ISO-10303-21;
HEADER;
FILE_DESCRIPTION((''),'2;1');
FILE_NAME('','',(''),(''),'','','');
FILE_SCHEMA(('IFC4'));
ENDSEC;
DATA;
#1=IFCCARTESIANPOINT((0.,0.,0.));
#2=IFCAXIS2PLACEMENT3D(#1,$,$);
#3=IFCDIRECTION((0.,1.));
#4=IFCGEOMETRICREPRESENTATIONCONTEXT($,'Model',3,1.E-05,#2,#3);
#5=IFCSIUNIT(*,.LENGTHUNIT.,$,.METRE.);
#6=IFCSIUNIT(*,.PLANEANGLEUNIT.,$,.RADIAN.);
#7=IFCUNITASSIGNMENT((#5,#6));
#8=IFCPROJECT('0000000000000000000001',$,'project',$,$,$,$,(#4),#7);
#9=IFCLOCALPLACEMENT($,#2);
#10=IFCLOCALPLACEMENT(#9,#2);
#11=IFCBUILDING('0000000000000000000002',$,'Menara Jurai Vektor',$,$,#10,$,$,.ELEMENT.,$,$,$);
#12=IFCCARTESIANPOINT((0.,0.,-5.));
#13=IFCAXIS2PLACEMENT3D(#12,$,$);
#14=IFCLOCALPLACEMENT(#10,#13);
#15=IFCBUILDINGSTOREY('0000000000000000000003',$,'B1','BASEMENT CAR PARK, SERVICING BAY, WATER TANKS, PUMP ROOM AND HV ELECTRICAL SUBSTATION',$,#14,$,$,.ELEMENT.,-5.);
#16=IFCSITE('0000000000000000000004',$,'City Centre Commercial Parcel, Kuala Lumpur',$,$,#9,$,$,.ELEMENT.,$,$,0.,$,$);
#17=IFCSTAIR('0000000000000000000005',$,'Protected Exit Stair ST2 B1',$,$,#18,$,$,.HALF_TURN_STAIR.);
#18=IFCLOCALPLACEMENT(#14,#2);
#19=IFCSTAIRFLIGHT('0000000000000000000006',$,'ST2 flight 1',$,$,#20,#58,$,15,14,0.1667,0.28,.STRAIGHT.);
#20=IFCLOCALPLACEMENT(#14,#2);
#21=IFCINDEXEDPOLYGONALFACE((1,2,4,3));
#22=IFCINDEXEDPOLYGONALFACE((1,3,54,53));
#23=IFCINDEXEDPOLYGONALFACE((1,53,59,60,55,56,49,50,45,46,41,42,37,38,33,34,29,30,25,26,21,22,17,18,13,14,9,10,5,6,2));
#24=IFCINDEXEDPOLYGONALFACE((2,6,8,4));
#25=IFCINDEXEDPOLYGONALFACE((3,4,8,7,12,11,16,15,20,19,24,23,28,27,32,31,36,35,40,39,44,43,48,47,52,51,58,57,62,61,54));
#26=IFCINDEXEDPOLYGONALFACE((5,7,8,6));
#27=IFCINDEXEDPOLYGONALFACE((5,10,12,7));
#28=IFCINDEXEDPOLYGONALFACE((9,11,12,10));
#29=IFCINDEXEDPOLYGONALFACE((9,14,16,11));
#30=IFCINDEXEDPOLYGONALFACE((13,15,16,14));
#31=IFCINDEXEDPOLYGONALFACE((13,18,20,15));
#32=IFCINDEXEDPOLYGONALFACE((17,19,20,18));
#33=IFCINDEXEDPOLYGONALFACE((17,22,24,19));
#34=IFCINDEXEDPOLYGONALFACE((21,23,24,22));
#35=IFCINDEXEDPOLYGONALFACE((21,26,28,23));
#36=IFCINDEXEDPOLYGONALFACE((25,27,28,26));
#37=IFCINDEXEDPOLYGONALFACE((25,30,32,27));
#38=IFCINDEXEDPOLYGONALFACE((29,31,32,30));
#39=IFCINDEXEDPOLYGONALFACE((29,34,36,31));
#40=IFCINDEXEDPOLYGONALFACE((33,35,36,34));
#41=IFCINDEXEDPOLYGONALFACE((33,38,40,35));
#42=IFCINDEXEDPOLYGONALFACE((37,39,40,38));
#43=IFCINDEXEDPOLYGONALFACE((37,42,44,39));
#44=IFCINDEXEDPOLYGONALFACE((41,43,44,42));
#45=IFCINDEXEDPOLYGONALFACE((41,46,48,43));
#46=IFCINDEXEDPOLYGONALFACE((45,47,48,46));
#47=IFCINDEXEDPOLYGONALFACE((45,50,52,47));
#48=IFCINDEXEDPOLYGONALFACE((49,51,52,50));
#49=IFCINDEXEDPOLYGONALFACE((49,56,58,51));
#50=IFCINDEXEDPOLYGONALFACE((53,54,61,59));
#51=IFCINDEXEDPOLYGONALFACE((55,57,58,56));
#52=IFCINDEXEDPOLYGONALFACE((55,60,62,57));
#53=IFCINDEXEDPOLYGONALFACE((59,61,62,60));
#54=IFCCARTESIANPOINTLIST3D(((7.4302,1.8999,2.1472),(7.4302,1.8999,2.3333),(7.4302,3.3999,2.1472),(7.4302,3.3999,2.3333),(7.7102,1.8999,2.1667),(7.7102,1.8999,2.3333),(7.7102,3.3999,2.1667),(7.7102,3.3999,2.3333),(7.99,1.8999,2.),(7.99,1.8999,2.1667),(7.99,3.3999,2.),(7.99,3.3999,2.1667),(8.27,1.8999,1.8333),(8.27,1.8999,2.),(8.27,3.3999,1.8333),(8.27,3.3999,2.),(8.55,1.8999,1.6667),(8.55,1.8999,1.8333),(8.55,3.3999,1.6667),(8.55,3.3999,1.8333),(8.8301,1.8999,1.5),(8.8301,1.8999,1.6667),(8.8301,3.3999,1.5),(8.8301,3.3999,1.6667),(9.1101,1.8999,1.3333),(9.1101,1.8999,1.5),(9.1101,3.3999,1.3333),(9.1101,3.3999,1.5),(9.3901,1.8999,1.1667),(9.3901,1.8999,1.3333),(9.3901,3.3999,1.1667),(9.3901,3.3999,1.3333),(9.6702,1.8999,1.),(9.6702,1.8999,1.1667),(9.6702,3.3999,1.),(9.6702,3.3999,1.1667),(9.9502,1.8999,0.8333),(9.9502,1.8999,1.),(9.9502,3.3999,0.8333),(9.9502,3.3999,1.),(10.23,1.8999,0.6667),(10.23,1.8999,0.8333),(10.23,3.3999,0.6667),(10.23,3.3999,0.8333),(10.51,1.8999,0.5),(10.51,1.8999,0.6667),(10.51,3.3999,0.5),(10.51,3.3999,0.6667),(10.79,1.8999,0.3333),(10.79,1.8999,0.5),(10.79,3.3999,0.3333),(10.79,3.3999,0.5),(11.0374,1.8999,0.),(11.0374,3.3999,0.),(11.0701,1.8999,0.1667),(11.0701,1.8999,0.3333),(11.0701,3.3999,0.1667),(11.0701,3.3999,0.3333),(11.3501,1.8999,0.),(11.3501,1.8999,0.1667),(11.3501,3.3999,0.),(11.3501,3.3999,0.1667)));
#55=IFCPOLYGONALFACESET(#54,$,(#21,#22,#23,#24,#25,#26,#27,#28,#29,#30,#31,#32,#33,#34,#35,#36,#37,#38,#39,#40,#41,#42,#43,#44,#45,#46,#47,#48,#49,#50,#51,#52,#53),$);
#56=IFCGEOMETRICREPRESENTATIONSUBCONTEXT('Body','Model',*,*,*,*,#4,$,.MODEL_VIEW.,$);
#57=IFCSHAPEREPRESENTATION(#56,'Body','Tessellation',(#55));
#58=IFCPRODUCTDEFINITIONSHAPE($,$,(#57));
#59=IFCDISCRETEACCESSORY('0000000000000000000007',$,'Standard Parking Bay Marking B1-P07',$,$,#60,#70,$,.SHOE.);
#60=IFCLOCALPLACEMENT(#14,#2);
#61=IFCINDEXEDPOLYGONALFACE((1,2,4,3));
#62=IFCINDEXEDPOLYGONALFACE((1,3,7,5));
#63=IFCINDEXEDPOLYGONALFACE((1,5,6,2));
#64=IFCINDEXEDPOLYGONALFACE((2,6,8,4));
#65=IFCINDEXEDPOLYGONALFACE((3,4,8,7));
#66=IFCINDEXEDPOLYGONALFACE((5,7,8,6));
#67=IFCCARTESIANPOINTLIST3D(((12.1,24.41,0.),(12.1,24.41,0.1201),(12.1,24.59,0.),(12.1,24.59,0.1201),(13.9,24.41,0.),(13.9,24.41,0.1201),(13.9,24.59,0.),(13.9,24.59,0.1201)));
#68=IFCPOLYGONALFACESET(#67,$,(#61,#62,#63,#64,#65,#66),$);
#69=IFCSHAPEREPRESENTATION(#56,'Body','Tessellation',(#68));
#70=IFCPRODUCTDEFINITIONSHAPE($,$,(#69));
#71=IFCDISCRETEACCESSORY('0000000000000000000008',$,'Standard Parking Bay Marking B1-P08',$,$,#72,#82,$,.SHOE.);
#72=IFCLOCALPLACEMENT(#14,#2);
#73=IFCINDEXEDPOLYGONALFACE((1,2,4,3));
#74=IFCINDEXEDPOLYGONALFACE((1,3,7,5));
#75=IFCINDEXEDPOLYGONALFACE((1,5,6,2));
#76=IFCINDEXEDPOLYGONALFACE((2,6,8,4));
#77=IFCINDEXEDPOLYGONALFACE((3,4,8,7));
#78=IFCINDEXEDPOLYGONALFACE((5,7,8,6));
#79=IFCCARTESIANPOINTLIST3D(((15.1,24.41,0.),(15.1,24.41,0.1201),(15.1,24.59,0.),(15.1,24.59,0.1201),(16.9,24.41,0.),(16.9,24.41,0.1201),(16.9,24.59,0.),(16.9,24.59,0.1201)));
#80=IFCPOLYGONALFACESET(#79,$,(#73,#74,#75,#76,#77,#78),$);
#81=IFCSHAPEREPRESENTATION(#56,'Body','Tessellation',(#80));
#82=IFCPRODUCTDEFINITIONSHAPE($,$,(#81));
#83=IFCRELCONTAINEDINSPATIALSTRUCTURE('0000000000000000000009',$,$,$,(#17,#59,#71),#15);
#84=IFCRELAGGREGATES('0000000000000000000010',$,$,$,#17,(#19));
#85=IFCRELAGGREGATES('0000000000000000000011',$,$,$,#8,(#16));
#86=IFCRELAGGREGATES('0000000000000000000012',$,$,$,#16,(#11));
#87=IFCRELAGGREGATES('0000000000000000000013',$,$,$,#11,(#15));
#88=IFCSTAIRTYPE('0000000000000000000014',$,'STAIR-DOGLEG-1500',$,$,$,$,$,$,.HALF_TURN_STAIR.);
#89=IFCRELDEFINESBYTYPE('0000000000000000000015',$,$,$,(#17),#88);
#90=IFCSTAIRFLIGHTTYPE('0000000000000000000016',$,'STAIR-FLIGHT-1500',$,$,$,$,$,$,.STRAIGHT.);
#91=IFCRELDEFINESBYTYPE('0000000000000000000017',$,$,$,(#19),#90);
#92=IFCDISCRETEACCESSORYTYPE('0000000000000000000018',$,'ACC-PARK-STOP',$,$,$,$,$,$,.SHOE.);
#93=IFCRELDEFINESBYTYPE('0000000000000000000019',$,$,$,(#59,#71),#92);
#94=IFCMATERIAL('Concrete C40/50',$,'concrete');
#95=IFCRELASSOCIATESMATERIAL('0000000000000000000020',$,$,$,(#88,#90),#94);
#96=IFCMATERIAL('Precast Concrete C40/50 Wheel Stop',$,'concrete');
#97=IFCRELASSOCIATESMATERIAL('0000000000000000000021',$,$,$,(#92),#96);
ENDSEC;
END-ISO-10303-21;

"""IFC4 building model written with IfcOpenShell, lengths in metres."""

from ifc_helpers import new_model, si_unit, direction, frame, origin, origin_2d, place, context, subcontext, project, spatial, polyline, rectangle, outline, extrude, material, type_object, element, aggregate, save


model = new_model("IFC4")

# Units and contexts
model_context = context("Model", 3, precision=1e-05, world=origin(), true_north=direction((0.0, 1.0)))
body_context = subcontext(model_context, "Body", "Model", "MODEL_VIEW")
ifc_project = project(units=[si_unit("LENGTHUNIT", "METRE"), si_unit("PLANEANGLEUNIT", "RADIAN")], contexts=[model_context])

# Site, building, storey
site_placement = place(None, origin())
site = spatial("IfcSite", under=ifc_project, at=site_placement, Name="City Centre Commercial Parcel, Kuala Lumpur", CompositionType="ELEMENT", RefElevation=0.0)
building_placement = place(site_placement, origin())
building = spatial("IfcBuilding", under=site, at=building_placement, Name="Menara Jurai Vektor", CompositionType="ELEMENT")
storey_placement = place(building_placement, frame((0.0, 0.0, -5.0)))
storey = spatial("IfcBuildingStorey", under=building, at=storey_placement, Name="B1", Description="BASEMENT CAR PARK, SERVICING BAY, WATER TANKS, PUMP ROOM AND HV ELECTRICAL SUBSTATION", CompositionType="ELEMENT", Elevation=-5.0)

# Stair, stair flight
ifc_material_1 = material(Name="Concrete C40/50", Category="concrete")
stair_type = type_object("IfcStairType", Name="STAIR-DOGLEG-1500", PredefinedType="HALF_TURN_STAIR", material=ifc_material_1)
stair_placement = place(storey_placement, origin())
stair = element("IfcStair", 1, at=stair_placement, inside=storey, type_object=stair_type, Name="Protected Exit Stair ST2 B1", PredefinedType="HALF_TURN_STAIR")
stair_flight_type = type_object("IfcStairFlightType", Name="STAIR-FLIGHT-1500", PredefinedType="STRAIGHT", material=ifc_material_1)
stair_flight_placement = place(storey_placement, frame((11.3501, 2.6499, 0.0), z_axis=(0.0, 0.0, 1.0), x_axis=(-1.0, 0.0, 0.0)))
stair_flight = element("IfcStairFlight", 2, at=stair_flight_placement, type_object=stair_flight_type, Name="ST2 flight 1", NumberOfRisers=15, NumberOfTreads=14, PredefinedType="STRAIGHT", RiserHeight=0.1667, TreadLength=0.28, context=body_context, shape_type="SweptSolid", body=[
    extrude(outline(polyline([(0.0, 0.0), (0.0, 0.1667), (0.28, 0.1667), (0.28, 0.3333), (0.5601, 0.3333), (0.5601, 0.5), (0.8401, 0.5), (0.8401, 0.6667), (1.1201, 0.6667), (1.1201, 0.8333), (1.3999, 0.8333), (1.3999, 1.0), (1.6799, 1.0), (1.6799, 1.1667), (1.96, 1.1667), (1.96, 1.3333), (2.24, 1.3333), (2.24, 1.5), (2.52, 1.5), (2.52, 1.6667), (2.8, 1.6667), (2.8, 1.8333), (3.0801, 1.8333), (3.0801, 2.0), (3.3601, 2.0), (3.3601, 2.1667), (3.6399, 2.1667), (3.6399, 2.3333), (3.9199, 2.3333), (3.9199, 2.5), (3.9199, 2.1472), (0.3127, 0.0), (0.0, 0.0)])), frame((0.0, 0.75, 0.0), z_axis=(0.0, -1.0, 0.0), x_axis=(1.0, 0.0, 0.0)), (0.0, 0.0, 1.0), 1.5),
])
aggregate(stair, [stair_flight])

# Discrete accessories
ifc_material_2 = material(Name="Precast Concrete C40/50 Wheel Stop", Category="concrete")
discrete_accessory_type = type_object("IfcDiscreteAccessoryType", Name="ACC-PARK-STOP", PredefinedType="SHOE", material=ifc_material_2)
for number, where, z_axis, x_axis, name in (
    (3, (13.0, 24.5, 0.0), (0.0, 0.0, 1.0), (1.0, 0.0, 0.0), "Standard Parking Bay Marking B1-P07"),
    (4, (16.0, 24.5, 0.0), (0.0, 0.0, 1.0), (1.0, 0.0, 0.0), "Standard Parking Bay Marking B1-P08"),
):
    element("IfcDiscreteAccessory", number, at=place(storey_placement, frame(where, z_axis=z_axis, x_axis=x_axis)), inside=storey, type_object=discrete_accessory_type, Name=name, PredefinedType="SHOE", context=body_context, shape_type="SweptSolid", body=[
        extrude(rectangle(XDim=1.8, YDim=0.1799, at=origin_2d()), origin(), (0.0, 0.0, 1.0), 0.1201),
    ])

save(model, "model.ifc")
